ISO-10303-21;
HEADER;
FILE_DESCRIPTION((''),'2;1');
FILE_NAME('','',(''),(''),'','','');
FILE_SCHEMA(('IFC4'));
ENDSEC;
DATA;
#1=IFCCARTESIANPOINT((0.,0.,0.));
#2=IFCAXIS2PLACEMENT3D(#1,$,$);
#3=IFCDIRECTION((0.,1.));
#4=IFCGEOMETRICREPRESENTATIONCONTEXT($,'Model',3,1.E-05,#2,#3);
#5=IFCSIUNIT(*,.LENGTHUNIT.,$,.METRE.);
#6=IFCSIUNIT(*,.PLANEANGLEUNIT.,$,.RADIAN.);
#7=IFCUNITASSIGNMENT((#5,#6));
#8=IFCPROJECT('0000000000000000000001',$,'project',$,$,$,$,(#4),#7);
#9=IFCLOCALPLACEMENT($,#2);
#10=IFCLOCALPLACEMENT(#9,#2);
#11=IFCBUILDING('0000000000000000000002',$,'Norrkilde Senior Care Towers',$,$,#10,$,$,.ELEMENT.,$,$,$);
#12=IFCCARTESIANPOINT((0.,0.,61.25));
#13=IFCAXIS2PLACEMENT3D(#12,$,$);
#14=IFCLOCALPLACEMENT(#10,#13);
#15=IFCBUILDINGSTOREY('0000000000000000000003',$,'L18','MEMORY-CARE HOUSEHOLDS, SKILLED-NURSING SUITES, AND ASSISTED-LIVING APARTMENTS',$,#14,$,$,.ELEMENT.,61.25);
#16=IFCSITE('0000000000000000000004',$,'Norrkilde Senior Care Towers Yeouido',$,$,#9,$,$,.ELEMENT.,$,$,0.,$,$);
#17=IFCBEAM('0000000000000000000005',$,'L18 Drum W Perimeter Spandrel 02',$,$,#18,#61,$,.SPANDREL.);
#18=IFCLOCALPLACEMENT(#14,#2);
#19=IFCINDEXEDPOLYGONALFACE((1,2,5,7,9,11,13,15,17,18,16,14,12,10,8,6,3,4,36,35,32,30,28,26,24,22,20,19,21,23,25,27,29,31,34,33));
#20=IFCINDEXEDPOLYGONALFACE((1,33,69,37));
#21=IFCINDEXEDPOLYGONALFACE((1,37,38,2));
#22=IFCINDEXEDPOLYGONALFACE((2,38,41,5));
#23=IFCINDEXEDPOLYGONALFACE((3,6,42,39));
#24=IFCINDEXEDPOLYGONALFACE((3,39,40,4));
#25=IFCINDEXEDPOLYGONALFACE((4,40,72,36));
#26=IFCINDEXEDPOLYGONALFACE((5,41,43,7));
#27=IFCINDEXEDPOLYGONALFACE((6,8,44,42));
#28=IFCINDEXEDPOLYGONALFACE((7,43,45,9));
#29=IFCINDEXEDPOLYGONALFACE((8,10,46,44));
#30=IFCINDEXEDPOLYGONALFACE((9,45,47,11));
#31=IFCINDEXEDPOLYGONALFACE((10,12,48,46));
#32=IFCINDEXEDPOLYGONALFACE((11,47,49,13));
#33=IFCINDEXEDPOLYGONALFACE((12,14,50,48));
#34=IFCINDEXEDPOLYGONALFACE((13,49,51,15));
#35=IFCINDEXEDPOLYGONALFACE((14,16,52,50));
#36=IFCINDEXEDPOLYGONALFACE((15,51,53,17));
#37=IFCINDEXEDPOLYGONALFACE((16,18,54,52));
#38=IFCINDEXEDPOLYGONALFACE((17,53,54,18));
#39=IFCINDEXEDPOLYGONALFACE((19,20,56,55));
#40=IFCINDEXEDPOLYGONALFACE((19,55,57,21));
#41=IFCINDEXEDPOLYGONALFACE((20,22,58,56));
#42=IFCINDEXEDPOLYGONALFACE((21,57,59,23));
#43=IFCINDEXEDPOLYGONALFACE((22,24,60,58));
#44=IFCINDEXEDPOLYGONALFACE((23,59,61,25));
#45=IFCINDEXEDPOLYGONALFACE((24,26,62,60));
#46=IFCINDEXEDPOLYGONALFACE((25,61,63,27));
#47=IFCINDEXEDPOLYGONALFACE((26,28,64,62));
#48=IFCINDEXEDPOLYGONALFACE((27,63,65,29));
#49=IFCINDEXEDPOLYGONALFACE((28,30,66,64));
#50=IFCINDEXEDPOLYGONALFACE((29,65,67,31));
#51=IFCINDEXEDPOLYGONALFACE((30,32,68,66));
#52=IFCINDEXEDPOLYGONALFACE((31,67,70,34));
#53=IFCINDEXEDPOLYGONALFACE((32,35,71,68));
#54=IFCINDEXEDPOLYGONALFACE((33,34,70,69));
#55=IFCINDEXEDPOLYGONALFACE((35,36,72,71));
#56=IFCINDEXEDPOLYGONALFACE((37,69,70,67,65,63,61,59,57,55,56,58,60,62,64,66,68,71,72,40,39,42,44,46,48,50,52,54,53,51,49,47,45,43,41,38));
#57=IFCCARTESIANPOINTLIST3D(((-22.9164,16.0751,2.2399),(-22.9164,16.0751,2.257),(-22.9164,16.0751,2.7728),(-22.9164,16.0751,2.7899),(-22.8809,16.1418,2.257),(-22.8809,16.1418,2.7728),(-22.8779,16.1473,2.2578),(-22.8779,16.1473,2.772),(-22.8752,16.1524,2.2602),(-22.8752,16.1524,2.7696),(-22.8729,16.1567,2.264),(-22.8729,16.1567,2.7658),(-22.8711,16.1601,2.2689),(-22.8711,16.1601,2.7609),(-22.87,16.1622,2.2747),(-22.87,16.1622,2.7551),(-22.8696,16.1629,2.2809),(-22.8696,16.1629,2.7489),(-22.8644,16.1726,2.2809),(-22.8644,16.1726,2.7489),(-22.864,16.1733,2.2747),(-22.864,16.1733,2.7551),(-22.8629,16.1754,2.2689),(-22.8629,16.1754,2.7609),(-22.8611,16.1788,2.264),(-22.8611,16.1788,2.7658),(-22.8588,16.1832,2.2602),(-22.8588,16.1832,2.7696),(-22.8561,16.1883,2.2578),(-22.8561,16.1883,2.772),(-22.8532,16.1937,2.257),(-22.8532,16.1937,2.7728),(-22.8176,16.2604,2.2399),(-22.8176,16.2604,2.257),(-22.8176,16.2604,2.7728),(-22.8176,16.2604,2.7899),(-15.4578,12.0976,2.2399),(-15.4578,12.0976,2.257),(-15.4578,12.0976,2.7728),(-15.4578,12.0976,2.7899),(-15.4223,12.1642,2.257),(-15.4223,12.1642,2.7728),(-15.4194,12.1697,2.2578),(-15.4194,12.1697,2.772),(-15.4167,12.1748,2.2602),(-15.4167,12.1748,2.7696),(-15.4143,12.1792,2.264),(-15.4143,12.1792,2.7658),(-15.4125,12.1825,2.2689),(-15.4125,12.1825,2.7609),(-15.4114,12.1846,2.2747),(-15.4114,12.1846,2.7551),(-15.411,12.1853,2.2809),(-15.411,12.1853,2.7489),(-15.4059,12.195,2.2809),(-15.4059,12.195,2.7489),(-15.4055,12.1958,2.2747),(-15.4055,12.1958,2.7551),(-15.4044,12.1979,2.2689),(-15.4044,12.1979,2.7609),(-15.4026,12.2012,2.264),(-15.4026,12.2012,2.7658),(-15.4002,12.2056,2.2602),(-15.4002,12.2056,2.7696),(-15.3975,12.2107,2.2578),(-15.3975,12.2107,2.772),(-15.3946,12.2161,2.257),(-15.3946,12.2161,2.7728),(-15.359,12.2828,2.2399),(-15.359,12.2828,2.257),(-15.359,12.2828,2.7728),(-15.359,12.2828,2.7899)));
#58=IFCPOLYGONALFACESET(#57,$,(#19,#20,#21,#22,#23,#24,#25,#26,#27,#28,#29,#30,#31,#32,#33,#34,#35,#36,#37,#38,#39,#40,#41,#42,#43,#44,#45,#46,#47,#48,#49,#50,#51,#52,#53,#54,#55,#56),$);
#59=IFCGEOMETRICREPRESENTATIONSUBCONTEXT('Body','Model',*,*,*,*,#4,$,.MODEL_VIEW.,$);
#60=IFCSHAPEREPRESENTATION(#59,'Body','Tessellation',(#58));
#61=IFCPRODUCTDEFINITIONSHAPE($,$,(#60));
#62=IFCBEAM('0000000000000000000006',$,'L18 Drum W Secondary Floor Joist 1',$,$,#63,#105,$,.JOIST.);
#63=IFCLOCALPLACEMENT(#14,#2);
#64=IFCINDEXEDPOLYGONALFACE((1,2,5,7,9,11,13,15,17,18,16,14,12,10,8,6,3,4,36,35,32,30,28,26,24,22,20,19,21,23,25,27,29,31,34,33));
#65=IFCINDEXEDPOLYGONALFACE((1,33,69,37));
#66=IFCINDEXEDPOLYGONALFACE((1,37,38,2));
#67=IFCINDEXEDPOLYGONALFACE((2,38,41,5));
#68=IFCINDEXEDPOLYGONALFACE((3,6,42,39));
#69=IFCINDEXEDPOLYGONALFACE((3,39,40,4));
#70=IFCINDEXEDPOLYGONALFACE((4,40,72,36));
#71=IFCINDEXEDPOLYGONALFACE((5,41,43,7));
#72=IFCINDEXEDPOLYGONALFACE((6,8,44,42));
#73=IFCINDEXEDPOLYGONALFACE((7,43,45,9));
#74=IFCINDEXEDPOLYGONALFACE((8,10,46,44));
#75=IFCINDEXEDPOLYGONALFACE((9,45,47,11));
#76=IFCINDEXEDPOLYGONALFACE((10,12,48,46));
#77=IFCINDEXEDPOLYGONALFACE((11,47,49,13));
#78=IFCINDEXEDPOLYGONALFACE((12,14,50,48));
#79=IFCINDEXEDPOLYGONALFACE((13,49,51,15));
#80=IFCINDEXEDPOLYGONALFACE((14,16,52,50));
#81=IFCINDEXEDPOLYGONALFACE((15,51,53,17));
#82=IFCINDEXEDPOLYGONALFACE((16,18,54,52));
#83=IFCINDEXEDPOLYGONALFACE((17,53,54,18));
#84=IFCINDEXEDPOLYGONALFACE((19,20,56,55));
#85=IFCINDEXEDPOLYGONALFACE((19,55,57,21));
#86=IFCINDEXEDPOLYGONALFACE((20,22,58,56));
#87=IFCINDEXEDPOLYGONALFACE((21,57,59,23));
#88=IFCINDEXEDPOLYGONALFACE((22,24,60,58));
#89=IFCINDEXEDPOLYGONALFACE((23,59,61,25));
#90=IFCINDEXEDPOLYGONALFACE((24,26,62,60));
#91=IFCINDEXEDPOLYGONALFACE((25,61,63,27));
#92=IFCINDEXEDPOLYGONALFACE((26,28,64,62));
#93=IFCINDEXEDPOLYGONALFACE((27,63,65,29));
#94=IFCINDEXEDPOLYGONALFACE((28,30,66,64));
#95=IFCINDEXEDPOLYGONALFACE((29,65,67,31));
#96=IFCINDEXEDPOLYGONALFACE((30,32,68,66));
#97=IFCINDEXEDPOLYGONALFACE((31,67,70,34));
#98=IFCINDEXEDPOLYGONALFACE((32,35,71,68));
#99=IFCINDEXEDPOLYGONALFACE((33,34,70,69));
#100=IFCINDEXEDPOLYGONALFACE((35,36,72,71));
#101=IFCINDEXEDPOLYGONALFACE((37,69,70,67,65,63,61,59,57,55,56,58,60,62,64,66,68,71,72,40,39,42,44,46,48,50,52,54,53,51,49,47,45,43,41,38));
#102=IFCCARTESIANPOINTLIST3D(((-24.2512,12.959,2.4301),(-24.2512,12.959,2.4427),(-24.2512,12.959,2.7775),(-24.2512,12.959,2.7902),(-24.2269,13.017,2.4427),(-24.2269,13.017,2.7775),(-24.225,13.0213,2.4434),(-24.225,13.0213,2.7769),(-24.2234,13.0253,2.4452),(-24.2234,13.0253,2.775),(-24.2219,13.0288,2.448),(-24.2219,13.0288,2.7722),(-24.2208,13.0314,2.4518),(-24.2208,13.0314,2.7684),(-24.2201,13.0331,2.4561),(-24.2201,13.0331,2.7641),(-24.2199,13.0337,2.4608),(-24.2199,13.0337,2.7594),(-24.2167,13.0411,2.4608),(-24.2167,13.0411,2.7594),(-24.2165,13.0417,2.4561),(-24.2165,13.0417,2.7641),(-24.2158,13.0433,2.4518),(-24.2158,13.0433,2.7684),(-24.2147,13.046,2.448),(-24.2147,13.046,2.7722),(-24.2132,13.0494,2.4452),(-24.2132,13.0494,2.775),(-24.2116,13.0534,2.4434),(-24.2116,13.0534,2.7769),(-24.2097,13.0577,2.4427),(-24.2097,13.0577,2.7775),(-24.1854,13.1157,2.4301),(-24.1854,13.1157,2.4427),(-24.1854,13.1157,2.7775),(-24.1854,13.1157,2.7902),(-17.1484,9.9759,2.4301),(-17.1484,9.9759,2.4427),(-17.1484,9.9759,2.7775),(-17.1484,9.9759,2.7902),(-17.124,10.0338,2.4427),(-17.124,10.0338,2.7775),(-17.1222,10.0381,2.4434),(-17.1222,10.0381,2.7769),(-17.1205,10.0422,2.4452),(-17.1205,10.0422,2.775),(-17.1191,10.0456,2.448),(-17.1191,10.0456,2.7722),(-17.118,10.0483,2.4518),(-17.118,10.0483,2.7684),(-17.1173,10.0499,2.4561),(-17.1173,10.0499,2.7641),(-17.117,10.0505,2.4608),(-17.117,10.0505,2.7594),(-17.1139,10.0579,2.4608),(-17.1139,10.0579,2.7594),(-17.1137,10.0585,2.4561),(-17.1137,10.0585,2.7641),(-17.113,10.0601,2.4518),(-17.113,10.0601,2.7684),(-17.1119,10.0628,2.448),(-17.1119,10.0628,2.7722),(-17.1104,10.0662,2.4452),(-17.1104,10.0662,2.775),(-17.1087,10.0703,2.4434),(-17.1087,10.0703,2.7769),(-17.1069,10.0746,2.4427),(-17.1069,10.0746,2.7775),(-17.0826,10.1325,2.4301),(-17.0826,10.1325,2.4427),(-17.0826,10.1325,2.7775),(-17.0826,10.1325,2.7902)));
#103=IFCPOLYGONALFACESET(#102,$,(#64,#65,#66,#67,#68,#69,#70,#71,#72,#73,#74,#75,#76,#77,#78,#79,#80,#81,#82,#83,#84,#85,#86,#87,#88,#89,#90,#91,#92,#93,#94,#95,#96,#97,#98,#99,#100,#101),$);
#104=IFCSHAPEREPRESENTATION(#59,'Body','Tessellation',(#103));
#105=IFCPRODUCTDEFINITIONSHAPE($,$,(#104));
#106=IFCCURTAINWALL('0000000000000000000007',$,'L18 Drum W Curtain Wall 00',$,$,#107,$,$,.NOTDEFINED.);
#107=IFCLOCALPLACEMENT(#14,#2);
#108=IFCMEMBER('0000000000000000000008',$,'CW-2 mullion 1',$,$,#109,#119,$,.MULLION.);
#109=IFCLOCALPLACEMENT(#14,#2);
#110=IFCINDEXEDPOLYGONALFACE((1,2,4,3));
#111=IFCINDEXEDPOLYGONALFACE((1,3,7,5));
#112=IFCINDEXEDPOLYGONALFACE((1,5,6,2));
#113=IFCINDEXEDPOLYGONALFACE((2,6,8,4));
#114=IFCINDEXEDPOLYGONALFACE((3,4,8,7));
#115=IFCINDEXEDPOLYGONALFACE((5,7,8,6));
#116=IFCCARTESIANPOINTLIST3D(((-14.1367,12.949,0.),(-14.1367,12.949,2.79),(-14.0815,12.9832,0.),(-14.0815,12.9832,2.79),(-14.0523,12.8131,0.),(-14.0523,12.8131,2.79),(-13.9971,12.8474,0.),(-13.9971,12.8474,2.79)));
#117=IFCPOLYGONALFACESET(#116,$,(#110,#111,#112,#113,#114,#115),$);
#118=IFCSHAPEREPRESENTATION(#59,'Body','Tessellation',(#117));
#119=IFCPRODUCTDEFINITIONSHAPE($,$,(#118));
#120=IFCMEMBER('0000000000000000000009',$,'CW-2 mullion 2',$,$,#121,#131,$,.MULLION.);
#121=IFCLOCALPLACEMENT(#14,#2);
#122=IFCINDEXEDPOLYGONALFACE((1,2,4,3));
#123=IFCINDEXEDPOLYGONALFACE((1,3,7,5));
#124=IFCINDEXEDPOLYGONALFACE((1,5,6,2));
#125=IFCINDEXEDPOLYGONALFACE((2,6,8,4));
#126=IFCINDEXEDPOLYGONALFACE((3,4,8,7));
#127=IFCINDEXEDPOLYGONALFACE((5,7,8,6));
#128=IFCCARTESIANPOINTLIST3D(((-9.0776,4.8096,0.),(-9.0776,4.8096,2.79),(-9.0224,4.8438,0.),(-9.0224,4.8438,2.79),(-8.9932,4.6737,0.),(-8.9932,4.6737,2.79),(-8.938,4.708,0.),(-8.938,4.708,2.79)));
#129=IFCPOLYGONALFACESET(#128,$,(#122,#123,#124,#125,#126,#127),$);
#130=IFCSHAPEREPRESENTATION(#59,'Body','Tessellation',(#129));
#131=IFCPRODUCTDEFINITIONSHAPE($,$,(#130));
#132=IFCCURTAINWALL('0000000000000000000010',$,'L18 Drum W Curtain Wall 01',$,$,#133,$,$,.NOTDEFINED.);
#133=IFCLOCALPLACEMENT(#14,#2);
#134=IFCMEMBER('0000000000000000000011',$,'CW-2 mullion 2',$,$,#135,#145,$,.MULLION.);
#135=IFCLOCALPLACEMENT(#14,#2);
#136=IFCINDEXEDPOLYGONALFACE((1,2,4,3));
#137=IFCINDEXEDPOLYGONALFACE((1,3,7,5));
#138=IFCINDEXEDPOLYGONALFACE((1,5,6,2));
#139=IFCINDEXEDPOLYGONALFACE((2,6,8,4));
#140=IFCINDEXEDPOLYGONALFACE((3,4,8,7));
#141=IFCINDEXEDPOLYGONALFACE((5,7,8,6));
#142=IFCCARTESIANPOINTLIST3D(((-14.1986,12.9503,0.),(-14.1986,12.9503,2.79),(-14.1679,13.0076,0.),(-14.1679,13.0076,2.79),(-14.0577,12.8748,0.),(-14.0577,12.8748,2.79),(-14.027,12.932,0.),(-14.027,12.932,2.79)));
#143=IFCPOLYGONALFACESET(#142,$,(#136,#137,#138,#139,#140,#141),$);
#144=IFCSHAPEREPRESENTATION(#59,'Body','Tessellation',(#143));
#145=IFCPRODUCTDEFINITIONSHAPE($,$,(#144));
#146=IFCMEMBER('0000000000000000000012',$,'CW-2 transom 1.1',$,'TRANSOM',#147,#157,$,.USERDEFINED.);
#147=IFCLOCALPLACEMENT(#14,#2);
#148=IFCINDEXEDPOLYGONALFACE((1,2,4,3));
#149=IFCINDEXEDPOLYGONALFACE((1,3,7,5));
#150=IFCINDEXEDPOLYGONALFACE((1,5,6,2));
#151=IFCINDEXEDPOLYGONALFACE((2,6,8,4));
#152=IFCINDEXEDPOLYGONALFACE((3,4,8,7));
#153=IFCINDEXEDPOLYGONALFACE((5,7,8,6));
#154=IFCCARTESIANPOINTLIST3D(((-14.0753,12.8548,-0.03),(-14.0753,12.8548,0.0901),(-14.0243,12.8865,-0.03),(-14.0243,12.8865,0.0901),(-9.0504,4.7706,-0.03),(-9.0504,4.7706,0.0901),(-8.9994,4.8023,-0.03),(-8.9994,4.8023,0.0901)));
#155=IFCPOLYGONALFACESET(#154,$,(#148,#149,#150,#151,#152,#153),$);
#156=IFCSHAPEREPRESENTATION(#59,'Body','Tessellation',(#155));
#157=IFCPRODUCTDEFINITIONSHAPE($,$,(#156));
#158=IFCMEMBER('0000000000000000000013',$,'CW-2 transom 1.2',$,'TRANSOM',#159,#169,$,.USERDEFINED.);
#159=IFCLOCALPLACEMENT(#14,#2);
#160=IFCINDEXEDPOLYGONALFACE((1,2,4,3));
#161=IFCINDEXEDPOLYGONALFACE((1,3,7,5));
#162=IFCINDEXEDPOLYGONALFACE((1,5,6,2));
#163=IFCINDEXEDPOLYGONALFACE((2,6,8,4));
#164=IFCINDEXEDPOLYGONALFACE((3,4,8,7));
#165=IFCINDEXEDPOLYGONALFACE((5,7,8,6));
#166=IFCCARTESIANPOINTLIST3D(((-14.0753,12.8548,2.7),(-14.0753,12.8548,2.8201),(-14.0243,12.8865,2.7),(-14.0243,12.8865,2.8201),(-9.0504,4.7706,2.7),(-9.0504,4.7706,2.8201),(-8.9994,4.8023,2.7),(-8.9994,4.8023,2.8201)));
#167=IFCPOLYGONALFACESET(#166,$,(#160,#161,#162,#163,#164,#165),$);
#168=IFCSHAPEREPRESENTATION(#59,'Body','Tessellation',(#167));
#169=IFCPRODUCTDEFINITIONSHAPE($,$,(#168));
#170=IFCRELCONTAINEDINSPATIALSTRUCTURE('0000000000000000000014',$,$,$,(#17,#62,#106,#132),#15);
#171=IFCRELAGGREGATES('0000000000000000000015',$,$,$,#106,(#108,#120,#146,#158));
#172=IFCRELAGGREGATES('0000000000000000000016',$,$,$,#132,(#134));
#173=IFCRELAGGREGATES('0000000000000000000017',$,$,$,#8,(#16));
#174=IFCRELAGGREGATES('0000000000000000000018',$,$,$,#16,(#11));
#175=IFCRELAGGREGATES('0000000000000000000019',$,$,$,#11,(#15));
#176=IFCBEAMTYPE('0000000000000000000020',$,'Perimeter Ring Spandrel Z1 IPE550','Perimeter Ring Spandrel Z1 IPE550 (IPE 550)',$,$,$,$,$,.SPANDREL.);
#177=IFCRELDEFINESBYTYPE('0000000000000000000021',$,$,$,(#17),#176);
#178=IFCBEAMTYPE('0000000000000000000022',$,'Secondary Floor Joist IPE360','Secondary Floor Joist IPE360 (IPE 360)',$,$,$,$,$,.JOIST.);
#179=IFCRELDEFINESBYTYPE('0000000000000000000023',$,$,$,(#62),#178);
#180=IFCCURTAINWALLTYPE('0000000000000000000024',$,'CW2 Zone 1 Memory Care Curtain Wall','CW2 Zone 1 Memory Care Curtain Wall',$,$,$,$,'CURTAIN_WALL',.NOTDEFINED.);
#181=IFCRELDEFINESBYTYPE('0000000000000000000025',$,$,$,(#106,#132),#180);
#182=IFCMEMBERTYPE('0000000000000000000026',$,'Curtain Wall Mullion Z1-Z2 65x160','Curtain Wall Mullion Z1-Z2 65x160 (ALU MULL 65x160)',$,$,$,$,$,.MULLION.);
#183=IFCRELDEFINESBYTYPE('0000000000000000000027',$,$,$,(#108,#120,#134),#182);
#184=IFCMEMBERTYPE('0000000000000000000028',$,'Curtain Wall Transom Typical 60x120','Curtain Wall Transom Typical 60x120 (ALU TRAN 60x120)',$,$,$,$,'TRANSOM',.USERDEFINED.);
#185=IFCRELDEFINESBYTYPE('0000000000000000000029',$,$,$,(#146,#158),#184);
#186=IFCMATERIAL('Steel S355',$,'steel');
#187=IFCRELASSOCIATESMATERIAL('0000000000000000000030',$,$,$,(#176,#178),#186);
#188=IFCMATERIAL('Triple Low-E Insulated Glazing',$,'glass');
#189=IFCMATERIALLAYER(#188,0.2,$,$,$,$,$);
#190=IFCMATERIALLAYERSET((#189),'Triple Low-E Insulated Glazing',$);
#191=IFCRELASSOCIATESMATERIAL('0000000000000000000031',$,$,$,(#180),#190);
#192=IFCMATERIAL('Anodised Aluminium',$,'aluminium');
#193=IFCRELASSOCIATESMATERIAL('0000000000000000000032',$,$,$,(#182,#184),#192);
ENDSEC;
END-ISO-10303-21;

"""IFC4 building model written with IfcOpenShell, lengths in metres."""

from ifc_helpers import new_model, si_unit, direction, frame, origin, origin_2d, place, context, subcontext, project, spatial, rectangle, i_section, extrude, source, transform, mapped, material, layer, layer_set, material_profile, profile_set, type_object, type_shapes, element, aggregate, save


model = new_model("IFC4")

# Units and contexts
model_context = context("Model", 3, precision=1e-05, world=origin(), true_north=direction((0.0, 1.0)))
body_context = subcontext(model_context, "Body", "Model", "MODEL_VIEW")
ifc_project = project(units=[si_unit("LENGTHUNIT", "METRE"), si_unit("PLANEANGLEUNIT", "RADIAN")], contexts=[model_context])

# Site, building, storey
site_placement = place(None, origin())
site = spatial("IfcSite", under=ifc_project, at=site_placement, Name="Norrkilde Senior Care Towers Yeouido", CompositionType="ELEMENT", RefElevation=0.0)
building_placement = place(site_placement, origin())
building = spatial("IfcBuilding", under=site, at=building_placement, Name="Norrkilde Senior Care Towers", CompositionType="ELEMENT")
storey_placement = place(building_placement, frame((0.0, 0.0, 61.25)))
storey = spatial("IfcBuildingStorey", under=building, at=storey_placement, Name="L18", Description="MEMORY-CARE HOUSEHOLDS, SKILLED-NURSING SUITES, AND ASSISTED-LIVING APARTMENTS", CompositionType="ELEMENT", Elevation=61.25)

# Beams
ifc_material_1 = material(Name="Steel S355", Category="steel")
ifc_material_profile_1 = material_profile(ifc_material_1, i_section(OverallWidth=0.21, OverallDepth=0.55, WebThickness=0.011, FlangeThickness=0.0171, FilletRadius=0.0239, at=origin_2d()), Name="IPE 550")
ifc_profile_set_1 = profile_set([ifc_material_profile_1], Name="Steel S355")
beam_type_1 = type_object("IfcBeamType", Name="Perimeter Ring Spandrel Z1 IPE550", Description="Perimeter Ring Spandrel Z1 IPE550 (IPE 550)", PredefinedType="SPANDREL", material=ifc_profile_set_1)
shared_shape_1 = source(origin(), body_context, "Body", "SweptSolid", [
    extrude(i_section(OverallWidth=0.21, OverallDepth=0.55, WebThickness=0.011, FlangeThickness=0.0171, FilletRadius=0.0239, at=origin_2d()), origin(), (0.0, 0.0, 1.0), 8.4529),
])
beam_1_placement = place(storey_placement, frame((-15.4084, 12.1902, 2.5149), z_axis=(-0.882369, 0.470558, 0.0), x_axis=(-0.470558, -0.882369, 0.0)))
element("IfcBeam", 1, at=beam_1_placement, inside=storey, type_object=beam_type_1, Name="L18 Drum W Perimeter Spandrel 02", PredefinedType="SPANDREL", context=body_context, shape_type="MappedRepresentation", body=[
    mapped(shared_shape_1, transform((0.0, 0.0, 0.0), x_axis=(1.0, 0.0, 0.0), y_axis=(0.0, 1.0, 0.0), z_axis=(0.0, 0.0, 1.0), scale=1.0)),
])
ifc_material_profile_2 = material_profile(ifc_material_1, i_section(OverallWidth=0.1699, OverallDepth=0.3601, WebThickness=0.0081, FlangeThickness=0.0127, FilletRadius=0.0181, at=origin_2d()), Name="IPE 360")
ifc_profile_set_2 = profile_set([ifc_material_profile_2], Name="Steel S355")
beam_type_2 = type_object("IfcBeamType", Name="Secondary Floor Joist IPE360", Description="Secondary Floor Joist IPE360 (IPE 360)", PredefinedType="JOIST", material=ifc_profile_set_2)
shared_shape_2 = source(origin(), body_context, "Body", "SweptSolid", [
    extrude(i_section(OverallWidth=0.1699, OverallDepth=0.3601, WebThickness=0.0081, FlangeThickness=0.0127, FilletRadius=0.0181, at=origin_2d()), origin(), (0.0, 0.0, 1.0), 7.7039),
])
type_shapes(beam_type_2, [shared_shape_2])
beam_2_placement = place(storey_placement, frame((-17.1155, 10.0542, 2.6101), z_axis=(-0.921983, 0.387231, 0.0), x_axis=(-0.387231, -0.921983, 0.0)))
element("IfcBeam", 2, at=beam_2_placement, inside=storey, type_object=beam_type_2, Name="L18 Drum W Secondary Floor Joist 1", PredefinedType="JOIST", context=body_context, shape_type="MappedRepresentation", body=[
    mapped(shared_shape_2, transform((0.0, 0.0, 0.0), x_axis=(1.0, 0.0, 0.0), y_axis=(0.0, 1.0, 0.0), z_axis=(0.0, 0.0, 1.0), scale=1.0)),
])

# Curtain wall, members
ifc_material_2 = material(Name="Triple Low-E Insulated Glazing", Category="glass")
ifc_layer_1 = layer(ifc_material_2, 0.2)
ifc_layer_set_1 = layer_set([ifc_layer_1], Name="Triple Low-E Insulated Glazing")
curtain_wall_type = type_object("IfcCurtainWallType", Name="CW2 Zone 1 Memory Care Curtain Wall", Description="CW2 Zone 1 Memory Care Curtain Wall", ElementType="CURTAIN_WALL", PredefinedType="NOTDEFINED", material=ifc_layer_set_1)
curtain_wall_1_placement = place(storey_placement, origin())
curtain_wall_1 = element("IfcCurtainWall", 3, at=curtain_wall_1_placement, inside=storey, type_object=curtain_wall_type, Name="L18 Drum W Curtain Wall 00", PredefinedType="NOTDEFINED")
ifc_material_3 = material(Name="Anodised Aluminium", Category="aluminium")
ifc_material_profile_3 = material_profile(ifc_material_3, rectangle(XDim=0.0649, YDim=0.1599, at=origin_2d()), Name="ALU MULL 65x160")
ifc_profile_set_3 = profile_set([ifc_material_profile_3], Name="Anodised Aluminium")
member_type_1 = type_object("IfcMemberType", Name="Curtain Wall Mullion Z1-Z2 65x160", Description="Curtain Wall Mullion Z1-Z2 65x160 (ALU MULL 65x160)", PredefinedType="MULLION", material=ifc_profile_set_3)
shared_shape_3 = source(origin(), body_context, "Body", "SweptSolid", [
    extrude(rectangle(XDim=0.0649, YDim=0.1599, at=origin_2d()), origin(), (0.0, 0.0, 1.0), 2.79),
])
type_shapes(member_type_1, [shared_shape_3])
member_1_placement = place(storey_placement, frame((-14.0669, 12.8982, 0.0), z_axis=(0.0, 0.0, 1.0), x_axis=(0.849306, 0.527901, 0.0)))
member_1 = element("IfcMember", 4, at=member_1_placement, type_object=member_type_1, Name="CW-2 mullion 1", PredefinedType="MULLION", context=body_context, shape_type="MappedRepresentation", body=[
    mapped(shared_shape_3, transform((0.0, 0.0, 0.0), x_axis=(1.0, 0.0, 0.0), y_axis=(0.0, 1.0, 0.0), z_axis=(0.0, 0.0, 1.0), scale=1.0)),
])
member_2_placement = place(storey_placement, frame((-9.0078, 4.7588, 0.0), z_axis=(0.0, 0.0, 1.0), x_axis=(0.849306, 0.527901, 0.0)))
member_2 = element("IfcMember", 5, at=member_2_placement, type_object=member_type_1, Name="CW-2 mullion 2", PredefinedType="MULLION", context=body_context, shape_type="MappedRepresentation", body=[
    mapped(shared_shape_3, transform((0.0, 0.0, 0.0), x_axis=(1.0, 0.0, 0.0), y_axis=(0.0, 1.0, 0.0), z_axis=(0.0, 0.0, 1.0), scale=1.0)),
])

# Curtain wall, member
curtain_wall_2_placement = place(storey_placement, origin())
curtain_wall_2 = element("IfcCurtainWall", 6, at=curtain_wall_2_placement, inside=storey, type_object=curtain_wall_type, Name="L18 Drum W Curtain Wall 01", PredefinedType="NOTDEFINED")
member_3_placement = place(storey_placement, frame((-14.1128, 12.9412, 0.0), z_axis=(0.0, 0.0, 1.0), x_axis=(0.472608, 0.881273, 0.0)))
member_3 = element("IfcMember", 7, at=member_3_placement, type_object=member_type_1, Name="CW-2 mullion 2", PredefinedType="MULLION", context=body_context, shape_type="MappedRepresentation", body=[
    mapped(shared_shape_3, transform((0.0, 0.0, 0.0), x_axis=(1.0, 0.0, 0.0), y_axis=(0.0, 1.0, 0.0), z_axis=(0.0, 0.0, 1.0), scale=1.0)),
])

# Members
ifc_material_profile_4 = material_profile(ifc_material_3, rectangle(XDim=0.0601, YDim=0.1201, at=origin_2d()), Name="ALU TRAN 60x120")
ifc_profile_set_4 = profile_set([ifc_material_profile_4], Name="Anodised Aluminium")
member_type_2 = type_object("IfcMemberType", Name="Curtain Wall Transom Typical 60x120", Description="Curtain Wall Transom Typical 60x120 (ALU TRAN 60x120)", ElementType="TRANSOM", PredefinedType="USERDEFINED", material=ifc_profile_set_4)
shared_shape_4 = source(origin(), body_context, "Body", "SweptSolid", [
    extrude(rectangle(XDim=0.0601, YDim=0.1201, at=origin_2d()), origin(), (0.0, 0.0, 1.0), 9.5186),
])
type_shapes(member_type_2, [shared_shape_4])
member_4_placement = place(storey_placement, frame((-14.0498, 12.8706, 0.03), z_axis=(0.527902, -0.849306, 0.0), x_axis=(0.849306, 0.527902, 0.0)))
member_4 = element("IfcMember", 8, at=member_4_placement, type_object=member_type_2, Name="CW-2 transom 1.1", ObjectType="TRANSOM", PredefinedType="USERDEFINED", context=body_context, shape_type="MappedRepresentation", body=[
    mapped(shared_shape_4, transform((0.0, 0.0, 0.0), x_axis=(1.0, 0.0, 0.0), y_axis=(0.0, 1.0, 0.0), z_axis=(0.0, 0.0, 1.0), scale=1.0)),
])
member_5_placement = place(storey_placement, frame((-14.0498, 12.8706, 2.76), z_axis=(0.527902, -0.849306, 0.0), x_axis=(0.849306, 0.527902, 0.0)))
member_5 = element("IfcMember", 9, at=member_5_placement, type_object=member_type_2, Name="CW-2 transom 1.2", ObjectType="TRANSOM", PredefinedType="USERDEFINED", context=body_context, shape_type="MappedRepresentation", body=[
    mapped(shared_shape_4, transform((0.0, 0.0, 0.0), x_axis=(1.0, 0.0, 0.0), y_axis=(0.0, 1.0, 0.0), z_axis=(0.0, 0.0, 1.0), scale=1.0)),
])

aggregate(curtain_wall_1, [member_1, member_2, member_4, member_5])
aggregate(curtain_wall_2, [member_3])

save(model, "model.ifc")
